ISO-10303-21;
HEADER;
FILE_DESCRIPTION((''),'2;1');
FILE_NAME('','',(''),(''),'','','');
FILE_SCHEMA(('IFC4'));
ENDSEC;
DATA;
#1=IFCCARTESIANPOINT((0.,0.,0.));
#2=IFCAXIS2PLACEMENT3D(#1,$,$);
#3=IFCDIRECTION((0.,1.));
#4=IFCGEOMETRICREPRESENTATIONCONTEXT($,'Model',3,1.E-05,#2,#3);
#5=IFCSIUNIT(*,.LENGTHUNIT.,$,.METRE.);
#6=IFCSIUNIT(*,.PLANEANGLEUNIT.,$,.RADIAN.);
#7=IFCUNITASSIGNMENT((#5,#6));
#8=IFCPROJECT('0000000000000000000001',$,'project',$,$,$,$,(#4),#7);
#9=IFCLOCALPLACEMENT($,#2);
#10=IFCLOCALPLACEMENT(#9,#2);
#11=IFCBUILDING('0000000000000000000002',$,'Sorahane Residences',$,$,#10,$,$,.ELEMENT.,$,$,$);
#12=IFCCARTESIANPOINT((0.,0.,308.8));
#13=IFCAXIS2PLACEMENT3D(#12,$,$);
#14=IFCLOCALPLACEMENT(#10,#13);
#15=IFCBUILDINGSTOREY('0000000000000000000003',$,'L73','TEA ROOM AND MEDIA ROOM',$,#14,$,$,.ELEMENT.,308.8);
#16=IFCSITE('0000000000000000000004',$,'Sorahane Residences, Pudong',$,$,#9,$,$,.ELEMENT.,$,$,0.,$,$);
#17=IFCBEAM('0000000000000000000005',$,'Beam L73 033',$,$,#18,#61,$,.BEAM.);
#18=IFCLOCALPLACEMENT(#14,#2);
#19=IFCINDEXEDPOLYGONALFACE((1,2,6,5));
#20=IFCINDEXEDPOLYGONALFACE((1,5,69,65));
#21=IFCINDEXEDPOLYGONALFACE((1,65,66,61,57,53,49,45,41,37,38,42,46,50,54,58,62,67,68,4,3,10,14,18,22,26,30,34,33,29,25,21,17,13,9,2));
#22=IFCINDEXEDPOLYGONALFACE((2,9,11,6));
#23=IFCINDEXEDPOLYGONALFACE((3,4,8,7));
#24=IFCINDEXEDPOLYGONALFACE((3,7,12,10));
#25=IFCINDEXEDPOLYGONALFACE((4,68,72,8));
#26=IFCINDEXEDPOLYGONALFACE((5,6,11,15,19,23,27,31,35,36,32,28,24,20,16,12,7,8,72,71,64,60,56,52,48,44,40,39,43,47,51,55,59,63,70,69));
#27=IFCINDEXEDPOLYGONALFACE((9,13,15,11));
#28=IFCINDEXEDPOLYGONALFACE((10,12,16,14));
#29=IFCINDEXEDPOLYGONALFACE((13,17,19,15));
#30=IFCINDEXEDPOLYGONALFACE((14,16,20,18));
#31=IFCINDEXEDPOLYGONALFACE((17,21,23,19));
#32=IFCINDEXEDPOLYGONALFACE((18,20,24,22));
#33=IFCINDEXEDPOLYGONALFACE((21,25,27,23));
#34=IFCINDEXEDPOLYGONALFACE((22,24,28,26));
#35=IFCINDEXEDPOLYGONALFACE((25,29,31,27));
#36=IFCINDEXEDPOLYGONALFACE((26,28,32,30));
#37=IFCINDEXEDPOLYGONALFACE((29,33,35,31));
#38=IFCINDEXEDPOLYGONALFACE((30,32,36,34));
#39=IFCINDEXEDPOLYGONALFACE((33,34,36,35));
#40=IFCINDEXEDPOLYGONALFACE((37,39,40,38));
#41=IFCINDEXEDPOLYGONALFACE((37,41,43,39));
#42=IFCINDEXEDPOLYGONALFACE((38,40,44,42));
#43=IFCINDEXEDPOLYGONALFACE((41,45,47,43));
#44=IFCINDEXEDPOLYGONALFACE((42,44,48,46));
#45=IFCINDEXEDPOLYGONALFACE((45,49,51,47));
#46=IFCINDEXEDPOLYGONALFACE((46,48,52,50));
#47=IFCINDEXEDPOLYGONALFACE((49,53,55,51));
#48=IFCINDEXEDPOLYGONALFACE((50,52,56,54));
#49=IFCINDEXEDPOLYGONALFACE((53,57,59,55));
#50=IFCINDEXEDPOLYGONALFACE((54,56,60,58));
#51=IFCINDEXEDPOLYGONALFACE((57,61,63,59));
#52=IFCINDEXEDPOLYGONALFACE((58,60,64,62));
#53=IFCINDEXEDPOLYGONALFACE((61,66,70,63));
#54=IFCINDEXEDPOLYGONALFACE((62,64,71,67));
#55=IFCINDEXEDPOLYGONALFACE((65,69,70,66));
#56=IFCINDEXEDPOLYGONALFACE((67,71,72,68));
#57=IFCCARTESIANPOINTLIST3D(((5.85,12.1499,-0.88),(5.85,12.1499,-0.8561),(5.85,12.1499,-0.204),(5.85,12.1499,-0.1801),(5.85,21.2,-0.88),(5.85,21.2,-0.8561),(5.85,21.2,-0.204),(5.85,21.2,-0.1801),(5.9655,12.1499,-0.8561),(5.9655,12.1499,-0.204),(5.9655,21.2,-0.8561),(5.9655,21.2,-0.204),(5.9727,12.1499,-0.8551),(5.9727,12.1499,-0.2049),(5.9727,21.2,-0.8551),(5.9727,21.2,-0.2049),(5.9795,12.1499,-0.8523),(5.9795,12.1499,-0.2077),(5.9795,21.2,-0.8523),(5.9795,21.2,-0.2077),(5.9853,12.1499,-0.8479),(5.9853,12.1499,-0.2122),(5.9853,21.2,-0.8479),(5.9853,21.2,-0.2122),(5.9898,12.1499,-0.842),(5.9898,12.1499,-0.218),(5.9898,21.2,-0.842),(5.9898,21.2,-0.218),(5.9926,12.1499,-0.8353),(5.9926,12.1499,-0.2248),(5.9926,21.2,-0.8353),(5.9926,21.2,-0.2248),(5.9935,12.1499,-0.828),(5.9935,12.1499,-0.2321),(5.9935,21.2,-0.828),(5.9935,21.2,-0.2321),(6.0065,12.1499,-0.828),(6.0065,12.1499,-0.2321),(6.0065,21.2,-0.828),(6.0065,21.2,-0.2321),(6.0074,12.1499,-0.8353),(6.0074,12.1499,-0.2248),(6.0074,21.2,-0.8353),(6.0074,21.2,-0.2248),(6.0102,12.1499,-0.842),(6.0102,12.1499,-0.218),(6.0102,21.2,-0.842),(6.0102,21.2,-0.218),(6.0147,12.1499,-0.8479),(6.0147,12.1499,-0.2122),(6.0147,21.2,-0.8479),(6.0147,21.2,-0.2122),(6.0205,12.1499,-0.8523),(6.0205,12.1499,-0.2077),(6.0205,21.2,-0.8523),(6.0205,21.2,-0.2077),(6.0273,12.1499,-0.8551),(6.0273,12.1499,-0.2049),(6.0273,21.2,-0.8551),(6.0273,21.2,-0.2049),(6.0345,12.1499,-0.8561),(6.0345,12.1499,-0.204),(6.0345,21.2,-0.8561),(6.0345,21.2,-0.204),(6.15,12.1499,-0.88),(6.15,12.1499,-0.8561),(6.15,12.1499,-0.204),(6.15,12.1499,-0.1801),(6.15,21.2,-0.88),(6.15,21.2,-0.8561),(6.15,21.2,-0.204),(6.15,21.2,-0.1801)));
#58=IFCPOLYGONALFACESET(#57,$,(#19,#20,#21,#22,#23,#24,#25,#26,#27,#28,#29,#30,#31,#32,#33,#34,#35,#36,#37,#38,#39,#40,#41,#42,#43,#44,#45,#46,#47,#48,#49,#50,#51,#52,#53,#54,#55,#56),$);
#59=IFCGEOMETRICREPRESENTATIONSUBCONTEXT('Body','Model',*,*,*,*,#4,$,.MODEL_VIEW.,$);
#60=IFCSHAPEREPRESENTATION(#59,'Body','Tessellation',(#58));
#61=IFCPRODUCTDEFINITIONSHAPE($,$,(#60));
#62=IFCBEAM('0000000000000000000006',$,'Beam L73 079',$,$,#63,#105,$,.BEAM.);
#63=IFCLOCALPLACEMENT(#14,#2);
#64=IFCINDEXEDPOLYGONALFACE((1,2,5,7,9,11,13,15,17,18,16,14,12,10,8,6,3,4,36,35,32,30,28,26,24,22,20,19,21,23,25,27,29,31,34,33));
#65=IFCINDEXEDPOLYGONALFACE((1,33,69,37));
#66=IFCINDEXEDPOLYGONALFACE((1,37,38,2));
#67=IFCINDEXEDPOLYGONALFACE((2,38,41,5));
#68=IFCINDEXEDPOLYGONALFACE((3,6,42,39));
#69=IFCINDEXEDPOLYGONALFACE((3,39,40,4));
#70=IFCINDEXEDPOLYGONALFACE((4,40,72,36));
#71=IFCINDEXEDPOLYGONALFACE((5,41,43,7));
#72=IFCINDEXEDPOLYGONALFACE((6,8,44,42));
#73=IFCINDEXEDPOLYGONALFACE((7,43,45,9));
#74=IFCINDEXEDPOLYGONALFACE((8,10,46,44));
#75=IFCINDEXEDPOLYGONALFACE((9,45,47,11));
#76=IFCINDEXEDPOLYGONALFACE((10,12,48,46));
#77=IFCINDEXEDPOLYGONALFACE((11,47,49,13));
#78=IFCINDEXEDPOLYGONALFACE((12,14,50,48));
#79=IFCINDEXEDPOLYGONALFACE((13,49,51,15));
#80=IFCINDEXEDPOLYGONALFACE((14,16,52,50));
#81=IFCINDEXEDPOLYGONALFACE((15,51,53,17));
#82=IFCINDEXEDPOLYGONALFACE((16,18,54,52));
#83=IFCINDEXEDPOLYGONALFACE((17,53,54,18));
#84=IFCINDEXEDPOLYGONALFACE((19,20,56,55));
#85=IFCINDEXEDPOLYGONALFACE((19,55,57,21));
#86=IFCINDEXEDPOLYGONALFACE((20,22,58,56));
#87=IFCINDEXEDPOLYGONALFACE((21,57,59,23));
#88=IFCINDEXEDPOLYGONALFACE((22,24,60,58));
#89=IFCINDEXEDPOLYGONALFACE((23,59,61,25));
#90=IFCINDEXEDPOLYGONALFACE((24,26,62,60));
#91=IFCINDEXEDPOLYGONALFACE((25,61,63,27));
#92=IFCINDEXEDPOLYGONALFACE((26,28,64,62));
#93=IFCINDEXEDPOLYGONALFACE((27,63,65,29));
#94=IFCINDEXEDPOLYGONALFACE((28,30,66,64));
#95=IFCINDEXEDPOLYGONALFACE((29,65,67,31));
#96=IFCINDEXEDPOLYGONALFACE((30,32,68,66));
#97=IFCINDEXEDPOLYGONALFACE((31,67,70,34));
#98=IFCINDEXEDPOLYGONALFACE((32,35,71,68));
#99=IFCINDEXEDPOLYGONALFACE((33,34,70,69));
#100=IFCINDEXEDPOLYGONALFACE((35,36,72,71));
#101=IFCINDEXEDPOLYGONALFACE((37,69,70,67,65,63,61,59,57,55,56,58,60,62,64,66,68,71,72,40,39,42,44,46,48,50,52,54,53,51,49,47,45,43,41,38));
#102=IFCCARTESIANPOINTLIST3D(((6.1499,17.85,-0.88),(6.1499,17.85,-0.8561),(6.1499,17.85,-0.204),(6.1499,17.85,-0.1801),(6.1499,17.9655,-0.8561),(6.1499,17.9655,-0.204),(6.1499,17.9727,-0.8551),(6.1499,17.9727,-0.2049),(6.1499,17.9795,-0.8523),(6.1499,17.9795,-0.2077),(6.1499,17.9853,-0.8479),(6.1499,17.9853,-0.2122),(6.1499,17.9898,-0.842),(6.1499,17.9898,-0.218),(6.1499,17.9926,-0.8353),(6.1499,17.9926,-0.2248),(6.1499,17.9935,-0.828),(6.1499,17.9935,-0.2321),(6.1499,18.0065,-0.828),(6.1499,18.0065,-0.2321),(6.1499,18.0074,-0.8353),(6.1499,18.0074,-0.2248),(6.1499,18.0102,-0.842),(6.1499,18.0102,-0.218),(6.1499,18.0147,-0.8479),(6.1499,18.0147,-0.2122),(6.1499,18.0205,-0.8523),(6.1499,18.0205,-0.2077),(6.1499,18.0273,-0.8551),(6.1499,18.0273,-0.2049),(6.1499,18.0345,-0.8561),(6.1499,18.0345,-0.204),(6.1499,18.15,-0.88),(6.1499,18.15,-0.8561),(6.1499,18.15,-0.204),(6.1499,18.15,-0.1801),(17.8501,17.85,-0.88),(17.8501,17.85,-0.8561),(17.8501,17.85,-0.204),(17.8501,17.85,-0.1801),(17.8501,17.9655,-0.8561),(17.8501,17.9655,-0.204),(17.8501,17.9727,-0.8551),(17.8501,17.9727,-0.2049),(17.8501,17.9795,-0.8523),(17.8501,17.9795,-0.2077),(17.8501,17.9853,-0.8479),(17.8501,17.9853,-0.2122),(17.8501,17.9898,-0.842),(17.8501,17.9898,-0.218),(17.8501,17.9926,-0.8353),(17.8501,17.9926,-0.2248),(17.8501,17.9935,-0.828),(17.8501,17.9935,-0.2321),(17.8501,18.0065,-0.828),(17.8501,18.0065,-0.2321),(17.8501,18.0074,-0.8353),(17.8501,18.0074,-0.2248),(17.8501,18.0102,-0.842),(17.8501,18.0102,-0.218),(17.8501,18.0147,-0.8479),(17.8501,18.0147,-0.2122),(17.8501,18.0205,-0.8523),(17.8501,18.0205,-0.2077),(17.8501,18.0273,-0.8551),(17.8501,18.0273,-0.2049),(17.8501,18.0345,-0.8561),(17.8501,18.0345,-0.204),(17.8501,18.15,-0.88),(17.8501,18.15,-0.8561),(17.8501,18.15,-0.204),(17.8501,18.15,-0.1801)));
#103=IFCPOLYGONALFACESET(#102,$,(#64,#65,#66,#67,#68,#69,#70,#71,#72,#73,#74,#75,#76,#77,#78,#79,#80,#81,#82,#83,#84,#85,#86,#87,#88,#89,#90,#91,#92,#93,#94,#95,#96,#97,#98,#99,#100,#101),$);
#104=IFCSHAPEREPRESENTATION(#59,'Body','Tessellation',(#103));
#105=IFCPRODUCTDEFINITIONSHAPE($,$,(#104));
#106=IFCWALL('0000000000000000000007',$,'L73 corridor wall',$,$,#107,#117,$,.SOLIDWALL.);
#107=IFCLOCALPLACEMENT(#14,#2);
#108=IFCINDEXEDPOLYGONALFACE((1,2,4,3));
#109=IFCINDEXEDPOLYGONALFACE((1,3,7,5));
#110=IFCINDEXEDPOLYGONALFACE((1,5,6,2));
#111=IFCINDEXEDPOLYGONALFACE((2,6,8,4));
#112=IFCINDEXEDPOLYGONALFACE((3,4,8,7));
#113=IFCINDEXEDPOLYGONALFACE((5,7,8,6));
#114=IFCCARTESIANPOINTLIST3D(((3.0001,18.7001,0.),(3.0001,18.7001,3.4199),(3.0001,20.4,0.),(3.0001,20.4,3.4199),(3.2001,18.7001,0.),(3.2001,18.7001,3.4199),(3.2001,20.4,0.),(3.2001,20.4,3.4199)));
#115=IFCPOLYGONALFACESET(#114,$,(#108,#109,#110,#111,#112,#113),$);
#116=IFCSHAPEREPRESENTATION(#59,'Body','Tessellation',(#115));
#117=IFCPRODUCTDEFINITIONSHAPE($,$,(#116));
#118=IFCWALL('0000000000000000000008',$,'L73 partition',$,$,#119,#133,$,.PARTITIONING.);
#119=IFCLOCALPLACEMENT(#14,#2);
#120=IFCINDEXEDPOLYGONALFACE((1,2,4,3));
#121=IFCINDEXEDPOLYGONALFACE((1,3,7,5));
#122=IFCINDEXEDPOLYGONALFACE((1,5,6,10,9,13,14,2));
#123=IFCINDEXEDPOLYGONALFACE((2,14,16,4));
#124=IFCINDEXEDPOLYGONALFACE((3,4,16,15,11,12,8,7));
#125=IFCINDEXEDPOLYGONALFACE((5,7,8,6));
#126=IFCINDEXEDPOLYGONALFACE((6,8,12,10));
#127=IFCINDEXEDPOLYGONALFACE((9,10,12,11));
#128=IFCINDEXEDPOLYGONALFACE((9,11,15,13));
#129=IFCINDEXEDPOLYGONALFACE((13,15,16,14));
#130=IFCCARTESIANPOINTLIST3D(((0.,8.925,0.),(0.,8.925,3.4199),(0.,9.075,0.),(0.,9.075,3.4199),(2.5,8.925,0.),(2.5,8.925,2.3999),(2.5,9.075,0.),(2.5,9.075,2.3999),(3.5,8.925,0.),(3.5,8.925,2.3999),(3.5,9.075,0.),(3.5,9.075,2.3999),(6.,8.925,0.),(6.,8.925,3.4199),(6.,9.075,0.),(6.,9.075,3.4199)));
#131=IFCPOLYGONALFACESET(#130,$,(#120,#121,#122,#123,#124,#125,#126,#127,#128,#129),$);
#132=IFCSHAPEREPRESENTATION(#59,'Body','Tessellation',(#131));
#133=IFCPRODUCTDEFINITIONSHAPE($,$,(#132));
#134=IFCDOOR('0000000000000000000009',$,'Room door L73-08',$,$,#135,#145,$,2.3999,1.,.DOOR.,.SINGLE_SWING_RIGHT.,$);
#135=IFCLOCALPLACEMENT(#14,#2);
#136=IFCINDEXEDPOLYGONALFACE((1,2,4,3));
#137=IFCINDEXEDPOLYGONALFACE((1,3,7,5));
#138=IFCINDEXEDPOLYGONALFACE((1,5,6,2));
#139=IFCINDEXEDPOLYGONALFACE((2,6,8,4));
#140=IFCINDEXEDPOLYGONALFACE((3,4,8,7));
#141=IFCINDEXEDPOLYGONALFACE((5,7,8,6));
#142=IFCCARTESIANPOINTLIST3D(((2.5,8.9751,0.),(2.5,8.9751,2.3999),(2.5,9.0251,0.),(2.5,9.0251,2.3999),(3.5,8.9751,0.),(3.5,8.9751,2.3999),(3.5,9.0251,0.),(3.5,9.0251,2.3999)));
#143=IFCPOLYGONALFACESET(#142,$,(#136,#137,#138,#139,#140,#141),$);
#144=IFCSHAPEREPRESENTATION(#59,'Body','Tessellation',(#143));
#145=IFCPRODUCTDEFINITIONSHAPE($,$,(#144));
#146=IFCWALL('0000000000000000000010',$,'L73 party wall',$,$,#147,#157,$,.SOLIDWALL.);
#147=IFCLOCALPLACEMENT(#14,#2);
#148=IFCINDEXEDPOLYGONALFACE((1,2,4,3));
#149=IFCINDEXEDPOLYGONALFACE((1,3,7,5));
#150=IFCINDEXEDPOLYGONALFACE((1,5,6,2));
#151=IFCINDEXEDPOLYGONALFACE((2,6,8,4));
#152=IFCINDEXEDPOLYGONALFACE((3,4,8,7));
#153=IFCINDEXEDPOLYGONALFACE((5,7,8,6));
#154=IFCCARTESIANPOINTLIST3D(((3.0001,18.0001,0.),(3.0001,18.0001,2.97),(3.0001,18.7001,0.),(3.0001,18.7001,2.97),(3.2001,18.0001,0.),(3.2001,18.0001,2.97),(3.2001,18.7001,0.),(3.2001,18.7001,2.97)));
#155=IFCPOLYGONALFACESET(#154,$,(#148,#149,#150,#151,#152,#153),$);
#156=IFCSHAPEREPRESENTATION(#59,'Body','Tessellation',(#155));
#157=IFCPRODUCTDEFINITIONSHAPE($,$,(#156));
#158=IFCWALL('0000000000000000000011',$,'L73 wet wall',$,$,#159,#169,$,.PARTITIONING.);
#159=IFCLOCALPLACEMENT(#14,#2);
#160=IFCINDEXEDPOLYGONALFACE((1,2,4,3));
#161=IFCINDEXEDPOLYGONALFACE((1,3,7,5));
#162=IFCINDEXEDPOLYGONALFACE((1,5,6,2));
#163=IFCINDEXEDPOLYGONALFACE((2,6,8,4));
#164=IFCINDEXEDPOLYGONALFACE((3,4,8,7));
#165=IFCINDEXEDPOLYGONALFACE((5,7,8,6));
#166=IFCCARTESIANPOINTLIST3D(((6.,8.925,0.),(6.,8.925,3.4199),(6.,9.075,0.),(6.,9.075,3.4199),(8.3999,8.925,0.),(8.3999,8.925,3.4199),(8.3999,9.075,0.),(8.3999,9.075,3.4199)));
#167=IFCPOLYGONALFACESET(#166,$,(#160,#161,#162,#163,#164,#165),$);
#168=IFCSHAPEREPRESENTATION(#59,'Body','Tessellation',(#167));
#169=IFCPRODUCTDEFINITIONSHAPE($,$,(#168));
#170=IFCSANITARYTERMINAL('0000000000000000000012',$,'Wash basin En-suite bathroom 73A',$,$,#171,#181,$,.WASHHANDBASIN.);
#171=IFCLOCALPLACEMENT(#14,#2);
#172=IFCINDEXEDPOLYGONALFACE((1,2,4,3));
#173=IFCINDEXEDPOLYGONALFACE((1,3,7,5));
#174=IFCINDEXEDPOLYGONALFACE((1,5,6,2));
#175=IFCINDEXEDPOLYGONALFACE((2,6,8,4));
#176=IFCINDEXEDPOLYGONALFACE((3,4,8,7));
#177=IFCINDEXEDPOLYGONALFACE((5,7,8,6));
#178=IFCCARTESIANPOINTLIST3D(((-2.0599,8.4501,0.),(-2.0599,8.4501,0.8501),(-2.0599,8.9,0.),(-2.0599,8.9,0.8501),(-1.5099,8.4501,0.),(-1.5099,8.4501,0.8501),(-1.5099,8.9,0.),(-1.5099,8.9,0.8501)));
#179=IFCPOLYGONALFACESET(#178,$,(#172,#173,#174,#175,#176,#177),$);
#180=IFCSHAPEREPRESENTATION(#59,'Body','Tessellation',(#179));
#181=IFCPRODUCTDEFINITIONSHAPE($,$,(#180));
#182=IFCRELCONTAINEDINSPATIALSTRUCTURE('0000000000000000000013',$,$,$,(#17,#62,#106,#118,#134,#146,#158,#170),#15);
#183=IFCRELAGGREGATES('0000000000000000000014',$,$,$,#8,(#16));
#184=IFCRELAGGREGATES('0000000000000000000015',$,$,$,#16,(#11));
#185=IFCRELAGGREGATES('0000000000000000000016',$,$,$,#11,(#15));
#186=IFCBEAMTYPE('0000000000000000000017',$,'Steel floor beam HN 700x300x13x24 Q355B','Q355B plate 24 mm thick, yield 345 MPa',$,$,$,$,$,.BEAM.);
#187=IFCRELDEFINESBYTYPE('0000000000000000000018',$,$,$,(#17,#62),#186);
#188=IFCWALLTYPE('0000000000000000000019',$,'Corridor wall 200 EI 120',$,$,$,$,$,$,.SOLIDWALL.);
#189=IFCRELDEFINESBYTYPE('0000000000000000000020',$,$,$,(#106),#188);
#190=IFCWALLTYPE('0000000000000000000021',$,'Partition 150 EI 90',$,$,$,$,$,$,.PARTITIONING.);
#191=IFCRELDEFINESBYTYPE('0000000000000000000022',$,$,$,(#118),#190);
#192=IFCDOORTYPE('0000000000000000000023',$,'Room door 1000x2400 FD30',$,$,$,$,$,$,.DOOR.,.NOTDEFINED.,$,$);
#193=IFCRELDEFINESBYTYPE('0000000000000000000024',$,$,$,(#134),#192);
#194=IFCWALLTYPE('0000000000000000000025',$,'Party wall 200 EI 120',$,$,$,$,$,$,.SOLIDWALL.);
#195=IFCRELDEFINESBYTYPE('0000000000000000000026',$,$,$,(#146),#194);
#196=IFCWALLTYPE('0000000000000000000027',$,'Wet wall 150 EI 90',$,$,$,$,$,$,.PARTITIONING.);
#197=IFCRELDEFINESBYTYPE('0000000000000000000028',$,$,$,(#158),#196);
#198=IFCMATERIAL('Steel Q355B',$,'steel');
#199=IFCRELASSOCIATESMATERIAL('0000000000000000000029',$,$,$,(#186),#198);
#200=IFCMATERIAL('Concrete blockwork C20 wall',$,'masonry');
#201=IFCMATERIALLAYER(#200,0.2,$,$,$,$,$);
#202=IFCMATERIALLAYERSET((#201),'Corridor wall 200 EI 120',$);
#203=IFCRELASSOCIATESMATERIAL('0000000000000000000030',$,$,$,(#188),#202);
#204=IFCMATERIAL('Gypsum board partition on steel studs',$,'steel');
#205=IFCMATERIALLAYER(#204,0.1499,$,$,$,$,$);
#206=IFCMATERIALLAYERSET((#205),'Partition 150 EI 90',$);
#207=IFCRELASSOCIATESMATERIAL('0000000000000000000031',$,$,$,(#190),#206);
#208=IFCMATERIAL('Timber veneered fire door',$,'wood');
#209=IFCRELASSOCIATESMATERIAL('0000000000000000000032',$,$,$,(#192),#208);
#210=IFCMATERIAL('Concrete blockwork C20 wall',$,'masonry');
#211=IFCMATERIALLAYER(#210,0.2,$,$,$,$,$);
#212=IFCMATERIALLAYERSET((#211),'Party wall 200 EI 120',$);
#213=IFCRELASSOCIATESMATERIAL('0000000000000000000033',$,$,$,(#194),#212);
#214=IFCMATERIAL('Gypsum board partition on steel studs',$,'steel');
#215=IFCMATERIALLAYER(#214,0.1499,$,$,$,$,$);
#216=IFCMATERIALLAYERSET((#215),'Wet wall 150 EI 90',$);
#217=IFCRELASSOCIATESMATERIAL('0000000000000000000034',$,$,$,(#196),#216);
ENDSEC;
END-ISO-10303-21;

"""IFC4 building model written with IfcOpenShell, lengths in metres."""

from ifc_helpers import new_model, si_unit, direction, frame, frame_2d, origin, origin_2d, place, context, subcontext, project, spatial, rectangle, i_section, extrude, material, layer, layer_set, material_profile, profile_set, type_object, element, fill, save


model = new_model("IFC4")

# Units and contexts
model_context = context("Model", 3, precision=1e-05, world=origin(), true_north=direction((0.0, 1.0)))
body_context = subcontext(model_context, "Body", "Model", "MODEL_VIEW")
ifc_project = project(units=[si_unit("LENGTHUNIT", "METRE"), si_unit("PLANEANGLEUNIT", "RADIAN")], contexts=[model_context])

# Site, building, storey
site_placement = place(None, origin())
site = spatial("IfcSite", under=ifc_project, at=site_placement, Name="Sorahane Residences, Pudong", CompositionType="ELEMENT", RefElevation=0.0)
building_placement = place(site_placement, origin())
building = spatial("IfcBuilding", under=site, at=building_placement, Name="Sorahane Residences", CompositionType="ELEMENT")
storey_placement = place(building_placement, frame((0.0, 0.0, 308.8)))
storey = spatial("IfcBuildingStorey", under=building, at=storey_placement, Name="L73", Description="TEA ROOM AND MEDIA ROOM", CompositionType="ELEMENT", Elevation=308.8)

# Beams
ifc_material_1 = material(Name="Steel Q355B", Category="steel")
ifc_material_profile_1 = material_profile(ifc_material_1, i_section(OverallWidth=0.3, OverallDepth=0.7, WebThickness=0.0129, FlangeThickness=0.0239, FilletRadius=0.0281, at=origin_2d()), Name="HN 700x300x13x24")
ifc_profile_set_1 = profile_set([ifc_material_profile_1], Name="Steel Q355B")
beam_type_1 = type_object("IfcBeamType", Name="Steel floor beam HN 700x300x13x24 Q355B", Description="Q355B plate 24 mm thick, yield 345 MPa", PredefinedType="BEAM", material=ifc_profile_set_1)
beam_1_placement = place(storey_placement, frame((6.0, 12.1499, -0.53), z_axis=(0.0, 1.0, 0.0), x_axis=(-1.0, 0.0, 0.0)))
element("IfcBeam", 1, at=beam_1_placement, inside=storey, type_object=beam_type_1, Name="Beam L73 033", PredefinedType="BEAM", context=body_context, shape_type="SweptSolid", body=[
    extrude(i_section(OverallWidth=0.3, OverallDepth=0.7, WebThickness=0.0129, FlangeThickness=0.0239, FilletRadius=0.0281, at=origin_2d()), origin(), (0.0, 0.0, 1.0), 9.05),
])
beam_2_placement = place(storey_placement, frame((6.1499, 18.0, -0.53), z_axis=(1.0, 0.0, 0.0), x_axis=(0.0, 1.0, 0.0)))
element("IfcBeam", 2, at=beam_2_placement, inside=storey, type_object=beam_type_1, Name="Beam L73 079", PredefinedType="BEAM", context=body_context, shape_type="SweptSolid", body=[
    extrude(i_section(OverallWidth=0.3, OverallDepth=0.7, WebThickness=0.0129, FlangeThickness=0.0239, FilletRadius=0.0281, at=origin_2d()), origin(), (0.0, 0.0, 1.0), 11.7002),
])

# Wall
ifc_material_2 = material(Name="Concrete blockwork C20 wall", Category="masonry")
ifc_layer_1 = layer(ifc_material_2, 0.2)
ifc_layer_set_1 = layer_set([ifc_layer_1], Name="Corridor wall 200 EI 120")
wall_type_1 = type_object("IfcWallType", Name="Corridor wall 200 EI 120", PredefinedType="SOLIDWALL", material=ifc_layer_set_1)
wall_1_placement = place(storey_placement, frame((3.1001, 18.7, 0.0), z_axis=(0.0, 0.0, 1.0), x_axis=(0.0, 1.0, 0.0)))
element("IfcWall", 3, at=wall_1_placement, inside=storey, type_object=wall_type_1, Name="L73 corridor wall", PredefinedType="SOLIDWALL", context=body_context, shape_type="SweptSolid", body=[
    extrude(rectangle(XDim=1.7, YDim=0.2, at=frame_2d((0.8501, 0.0))), origin(), (0.0, 0.0, 1.0), 3.4199),
])

# Wall, opening, door
ifc_material_3 = material(Name="Gypsum board partition on steel studs", Category="steel")
ifc_layer_2 = layer(ifc_material_3, 0.1499)
ifc_layer_set_2 = layer_set([ifc_layer_2], Name="Partition 150 EI 90")
wall_type_2 = type_object("IfcWallType", Name="Partition 150 EI 90", PredefinedType="PARTITIONING", material=ifc_layer_set_2)
wall_2_placement = place(storey_placement, frame((0.0, 9.0, 0.0), z_axis=(0.0, 0.0, 1.0), x_axis=(1.0, 0.0, 0.0)))
wall_2 = element("IfcWall", 4, at=wall_2_placement, inside=storey, type_object=wall_type_2, Name="L73 partition", PredefinedType="PARTITIONING", context=body_context, shape_type="SweptSolid", body=[
    extrude(rectangle(XDim=6.0, YDim=0.1499, at=frame_2d((3.0, 0.0))), origin(), (0.0, 0.0, 1.0), 3.4199),
])
opening_1_placement = place(wall_2_placement, frame((2.5, 0.0, 0.0)))
opening_1 = element("IfcOpeningElement", 5, at=opening_1_placement, cuts=wall_2, PredefinedType="OPENING", context=body_context, shape_type="SweptSolid", body=[
    extrude(rectangle(XDim=1.0, YDim=2.3999, at=frame_2d((0.5, 1.2))), frame((0.0, 0.085, 0.0), z_axis=(0.0, -1.0, 0.0), x_axis=(1.0, 0.0, 0.0)), (0.0, 0.0, 1.0), 0.1699),
])
ifc_material_4 = material(Name="Timber veneered fire door", Category="wood")
door_type_1 = type_object("IfcDoorType", Name="Room door 1000x2400 FD30", OperationType="NOTDEFINED", PredefinedType="DOOR", material=ifc_material_4)
door_1_placement = place(opening_1_placement, frame((1.0, 0.0, 0.0), z_axis=(0.0, 0.0, 1.0), x_axis=(-1.0, 0.0, 0.0)))
door_1 = element("IfcDoor", 6, at=door_1_placement, inside=storey, type_object=door_type_1, Name="Room door L73-08", OperationType="SINGLE_SWING_RIGHT", OverallHeight=2.3999, OverallWidth=1.0, PredefinedType="DOOR", context=body_context, shape_type="SweptSolid", body=[
    extrude(rectangle(XDim=1.0, YDim=2.3999, at=frame_2d((0.5, 1.2))), frame((0.0, 0.0249, 0.0), z_axis=(0.0, -1.0, 0.0), x_axis=(1.0, 0.0, 0.0)), (0.0, 0.0, 1.0), 0.05),
])
fill(opening_1, door_1)

# Walls
ifc_material_5 = material(Name="Concrete blockwork C20 wall", Category="masonry")
ifc_layer_3 = layer(ifc_material_5, 0.2)
ifc_layer_set_3 = layer_set([ifc_layer_3], Name="Party wall 200 EI 120")
wall_type_3 = type_object("IfcWallType", Name="Party wall 200 EI 120", PredefinedType="SOLIDWALL", material=ifc_layer_set_3)
wall_3_placement = place(storey_placement, frame((3.1001, 18.0, 0.0), z_axis=(0.0, 0.0, 1.0), x_axis=(0.0, 1.0, 0.0)))
element("IfcWall", 7, at=wall_3_placement, inside=storey, type_object=wall_type_3, Name="L73 party wall", PredefinedType="SOLIDWALL", context=body_context, shape_type="SweptSolid", body=[
    extrude(rectangle(XDim=0.7, YDim=0.2, at=frame_2d((0.3501, 0.0))), origin(), (0.0, 0.0, 1.0), 2.97),
])
ifc_material_6 = material(Name="Gypsum board partition on steel studs", Category="steel")
ifc_layer_4 = layer(ifc_material_6, 0.1499)
ifc_layer_set_4 = layer_set([ifc_layer_4], Name="Wet wall 150 EI 90")
wall_type_4 = type_object("IfcWallType", Name="Wet wall 150 EI 90", PredefinedType="PARTITIONING", material=ifc_layer_set_4)
wall_4_placement = place(storey_placement, frame((6.0, 9.0, 0.0), z_axis=(0.0, 0.0, 1.0), x_axis=(1.0, 0.0, 0.0)))
element("IfcWall", 8, at=wall_4_placement, inside=storey, type_object=wall_type_4, Name="L73 wet wall", PredefinedType="PARTITIONING", context=body_context, shape_type="SweptSolid", body=[
    extrude(rectangle(XDim=2.3999, YDim=0.1499, at=frame_2d((1.2, 0.0))), origin(), (0.0, 0.0, 1.0), 3.4199),
])

# Sanitary terminal
sanitary_terminal_1_placement = place(storey_placement, frame((-1.7849, 8.675, 0.0), z_axis=(0.0, 0.0, 1.0), x_axis=(1.0, 0.0, 0.0)))
element("IfcSanitaryTerminal", 9, at=sanitary_terminal_1_placement, inside=storey, Name="Wash basin En-suite bathroom 73A", PredefinedType="WASHHANDBASIN", context=body_context, shape_type="SweptSolid", body=[
    extrude(rectangle(XDim=0.55, YDim=0.45, at=origin_2d()), origin(), (0.0, 0.0, 1.0), 0.8501),
])

save(model, "model.ifc")
